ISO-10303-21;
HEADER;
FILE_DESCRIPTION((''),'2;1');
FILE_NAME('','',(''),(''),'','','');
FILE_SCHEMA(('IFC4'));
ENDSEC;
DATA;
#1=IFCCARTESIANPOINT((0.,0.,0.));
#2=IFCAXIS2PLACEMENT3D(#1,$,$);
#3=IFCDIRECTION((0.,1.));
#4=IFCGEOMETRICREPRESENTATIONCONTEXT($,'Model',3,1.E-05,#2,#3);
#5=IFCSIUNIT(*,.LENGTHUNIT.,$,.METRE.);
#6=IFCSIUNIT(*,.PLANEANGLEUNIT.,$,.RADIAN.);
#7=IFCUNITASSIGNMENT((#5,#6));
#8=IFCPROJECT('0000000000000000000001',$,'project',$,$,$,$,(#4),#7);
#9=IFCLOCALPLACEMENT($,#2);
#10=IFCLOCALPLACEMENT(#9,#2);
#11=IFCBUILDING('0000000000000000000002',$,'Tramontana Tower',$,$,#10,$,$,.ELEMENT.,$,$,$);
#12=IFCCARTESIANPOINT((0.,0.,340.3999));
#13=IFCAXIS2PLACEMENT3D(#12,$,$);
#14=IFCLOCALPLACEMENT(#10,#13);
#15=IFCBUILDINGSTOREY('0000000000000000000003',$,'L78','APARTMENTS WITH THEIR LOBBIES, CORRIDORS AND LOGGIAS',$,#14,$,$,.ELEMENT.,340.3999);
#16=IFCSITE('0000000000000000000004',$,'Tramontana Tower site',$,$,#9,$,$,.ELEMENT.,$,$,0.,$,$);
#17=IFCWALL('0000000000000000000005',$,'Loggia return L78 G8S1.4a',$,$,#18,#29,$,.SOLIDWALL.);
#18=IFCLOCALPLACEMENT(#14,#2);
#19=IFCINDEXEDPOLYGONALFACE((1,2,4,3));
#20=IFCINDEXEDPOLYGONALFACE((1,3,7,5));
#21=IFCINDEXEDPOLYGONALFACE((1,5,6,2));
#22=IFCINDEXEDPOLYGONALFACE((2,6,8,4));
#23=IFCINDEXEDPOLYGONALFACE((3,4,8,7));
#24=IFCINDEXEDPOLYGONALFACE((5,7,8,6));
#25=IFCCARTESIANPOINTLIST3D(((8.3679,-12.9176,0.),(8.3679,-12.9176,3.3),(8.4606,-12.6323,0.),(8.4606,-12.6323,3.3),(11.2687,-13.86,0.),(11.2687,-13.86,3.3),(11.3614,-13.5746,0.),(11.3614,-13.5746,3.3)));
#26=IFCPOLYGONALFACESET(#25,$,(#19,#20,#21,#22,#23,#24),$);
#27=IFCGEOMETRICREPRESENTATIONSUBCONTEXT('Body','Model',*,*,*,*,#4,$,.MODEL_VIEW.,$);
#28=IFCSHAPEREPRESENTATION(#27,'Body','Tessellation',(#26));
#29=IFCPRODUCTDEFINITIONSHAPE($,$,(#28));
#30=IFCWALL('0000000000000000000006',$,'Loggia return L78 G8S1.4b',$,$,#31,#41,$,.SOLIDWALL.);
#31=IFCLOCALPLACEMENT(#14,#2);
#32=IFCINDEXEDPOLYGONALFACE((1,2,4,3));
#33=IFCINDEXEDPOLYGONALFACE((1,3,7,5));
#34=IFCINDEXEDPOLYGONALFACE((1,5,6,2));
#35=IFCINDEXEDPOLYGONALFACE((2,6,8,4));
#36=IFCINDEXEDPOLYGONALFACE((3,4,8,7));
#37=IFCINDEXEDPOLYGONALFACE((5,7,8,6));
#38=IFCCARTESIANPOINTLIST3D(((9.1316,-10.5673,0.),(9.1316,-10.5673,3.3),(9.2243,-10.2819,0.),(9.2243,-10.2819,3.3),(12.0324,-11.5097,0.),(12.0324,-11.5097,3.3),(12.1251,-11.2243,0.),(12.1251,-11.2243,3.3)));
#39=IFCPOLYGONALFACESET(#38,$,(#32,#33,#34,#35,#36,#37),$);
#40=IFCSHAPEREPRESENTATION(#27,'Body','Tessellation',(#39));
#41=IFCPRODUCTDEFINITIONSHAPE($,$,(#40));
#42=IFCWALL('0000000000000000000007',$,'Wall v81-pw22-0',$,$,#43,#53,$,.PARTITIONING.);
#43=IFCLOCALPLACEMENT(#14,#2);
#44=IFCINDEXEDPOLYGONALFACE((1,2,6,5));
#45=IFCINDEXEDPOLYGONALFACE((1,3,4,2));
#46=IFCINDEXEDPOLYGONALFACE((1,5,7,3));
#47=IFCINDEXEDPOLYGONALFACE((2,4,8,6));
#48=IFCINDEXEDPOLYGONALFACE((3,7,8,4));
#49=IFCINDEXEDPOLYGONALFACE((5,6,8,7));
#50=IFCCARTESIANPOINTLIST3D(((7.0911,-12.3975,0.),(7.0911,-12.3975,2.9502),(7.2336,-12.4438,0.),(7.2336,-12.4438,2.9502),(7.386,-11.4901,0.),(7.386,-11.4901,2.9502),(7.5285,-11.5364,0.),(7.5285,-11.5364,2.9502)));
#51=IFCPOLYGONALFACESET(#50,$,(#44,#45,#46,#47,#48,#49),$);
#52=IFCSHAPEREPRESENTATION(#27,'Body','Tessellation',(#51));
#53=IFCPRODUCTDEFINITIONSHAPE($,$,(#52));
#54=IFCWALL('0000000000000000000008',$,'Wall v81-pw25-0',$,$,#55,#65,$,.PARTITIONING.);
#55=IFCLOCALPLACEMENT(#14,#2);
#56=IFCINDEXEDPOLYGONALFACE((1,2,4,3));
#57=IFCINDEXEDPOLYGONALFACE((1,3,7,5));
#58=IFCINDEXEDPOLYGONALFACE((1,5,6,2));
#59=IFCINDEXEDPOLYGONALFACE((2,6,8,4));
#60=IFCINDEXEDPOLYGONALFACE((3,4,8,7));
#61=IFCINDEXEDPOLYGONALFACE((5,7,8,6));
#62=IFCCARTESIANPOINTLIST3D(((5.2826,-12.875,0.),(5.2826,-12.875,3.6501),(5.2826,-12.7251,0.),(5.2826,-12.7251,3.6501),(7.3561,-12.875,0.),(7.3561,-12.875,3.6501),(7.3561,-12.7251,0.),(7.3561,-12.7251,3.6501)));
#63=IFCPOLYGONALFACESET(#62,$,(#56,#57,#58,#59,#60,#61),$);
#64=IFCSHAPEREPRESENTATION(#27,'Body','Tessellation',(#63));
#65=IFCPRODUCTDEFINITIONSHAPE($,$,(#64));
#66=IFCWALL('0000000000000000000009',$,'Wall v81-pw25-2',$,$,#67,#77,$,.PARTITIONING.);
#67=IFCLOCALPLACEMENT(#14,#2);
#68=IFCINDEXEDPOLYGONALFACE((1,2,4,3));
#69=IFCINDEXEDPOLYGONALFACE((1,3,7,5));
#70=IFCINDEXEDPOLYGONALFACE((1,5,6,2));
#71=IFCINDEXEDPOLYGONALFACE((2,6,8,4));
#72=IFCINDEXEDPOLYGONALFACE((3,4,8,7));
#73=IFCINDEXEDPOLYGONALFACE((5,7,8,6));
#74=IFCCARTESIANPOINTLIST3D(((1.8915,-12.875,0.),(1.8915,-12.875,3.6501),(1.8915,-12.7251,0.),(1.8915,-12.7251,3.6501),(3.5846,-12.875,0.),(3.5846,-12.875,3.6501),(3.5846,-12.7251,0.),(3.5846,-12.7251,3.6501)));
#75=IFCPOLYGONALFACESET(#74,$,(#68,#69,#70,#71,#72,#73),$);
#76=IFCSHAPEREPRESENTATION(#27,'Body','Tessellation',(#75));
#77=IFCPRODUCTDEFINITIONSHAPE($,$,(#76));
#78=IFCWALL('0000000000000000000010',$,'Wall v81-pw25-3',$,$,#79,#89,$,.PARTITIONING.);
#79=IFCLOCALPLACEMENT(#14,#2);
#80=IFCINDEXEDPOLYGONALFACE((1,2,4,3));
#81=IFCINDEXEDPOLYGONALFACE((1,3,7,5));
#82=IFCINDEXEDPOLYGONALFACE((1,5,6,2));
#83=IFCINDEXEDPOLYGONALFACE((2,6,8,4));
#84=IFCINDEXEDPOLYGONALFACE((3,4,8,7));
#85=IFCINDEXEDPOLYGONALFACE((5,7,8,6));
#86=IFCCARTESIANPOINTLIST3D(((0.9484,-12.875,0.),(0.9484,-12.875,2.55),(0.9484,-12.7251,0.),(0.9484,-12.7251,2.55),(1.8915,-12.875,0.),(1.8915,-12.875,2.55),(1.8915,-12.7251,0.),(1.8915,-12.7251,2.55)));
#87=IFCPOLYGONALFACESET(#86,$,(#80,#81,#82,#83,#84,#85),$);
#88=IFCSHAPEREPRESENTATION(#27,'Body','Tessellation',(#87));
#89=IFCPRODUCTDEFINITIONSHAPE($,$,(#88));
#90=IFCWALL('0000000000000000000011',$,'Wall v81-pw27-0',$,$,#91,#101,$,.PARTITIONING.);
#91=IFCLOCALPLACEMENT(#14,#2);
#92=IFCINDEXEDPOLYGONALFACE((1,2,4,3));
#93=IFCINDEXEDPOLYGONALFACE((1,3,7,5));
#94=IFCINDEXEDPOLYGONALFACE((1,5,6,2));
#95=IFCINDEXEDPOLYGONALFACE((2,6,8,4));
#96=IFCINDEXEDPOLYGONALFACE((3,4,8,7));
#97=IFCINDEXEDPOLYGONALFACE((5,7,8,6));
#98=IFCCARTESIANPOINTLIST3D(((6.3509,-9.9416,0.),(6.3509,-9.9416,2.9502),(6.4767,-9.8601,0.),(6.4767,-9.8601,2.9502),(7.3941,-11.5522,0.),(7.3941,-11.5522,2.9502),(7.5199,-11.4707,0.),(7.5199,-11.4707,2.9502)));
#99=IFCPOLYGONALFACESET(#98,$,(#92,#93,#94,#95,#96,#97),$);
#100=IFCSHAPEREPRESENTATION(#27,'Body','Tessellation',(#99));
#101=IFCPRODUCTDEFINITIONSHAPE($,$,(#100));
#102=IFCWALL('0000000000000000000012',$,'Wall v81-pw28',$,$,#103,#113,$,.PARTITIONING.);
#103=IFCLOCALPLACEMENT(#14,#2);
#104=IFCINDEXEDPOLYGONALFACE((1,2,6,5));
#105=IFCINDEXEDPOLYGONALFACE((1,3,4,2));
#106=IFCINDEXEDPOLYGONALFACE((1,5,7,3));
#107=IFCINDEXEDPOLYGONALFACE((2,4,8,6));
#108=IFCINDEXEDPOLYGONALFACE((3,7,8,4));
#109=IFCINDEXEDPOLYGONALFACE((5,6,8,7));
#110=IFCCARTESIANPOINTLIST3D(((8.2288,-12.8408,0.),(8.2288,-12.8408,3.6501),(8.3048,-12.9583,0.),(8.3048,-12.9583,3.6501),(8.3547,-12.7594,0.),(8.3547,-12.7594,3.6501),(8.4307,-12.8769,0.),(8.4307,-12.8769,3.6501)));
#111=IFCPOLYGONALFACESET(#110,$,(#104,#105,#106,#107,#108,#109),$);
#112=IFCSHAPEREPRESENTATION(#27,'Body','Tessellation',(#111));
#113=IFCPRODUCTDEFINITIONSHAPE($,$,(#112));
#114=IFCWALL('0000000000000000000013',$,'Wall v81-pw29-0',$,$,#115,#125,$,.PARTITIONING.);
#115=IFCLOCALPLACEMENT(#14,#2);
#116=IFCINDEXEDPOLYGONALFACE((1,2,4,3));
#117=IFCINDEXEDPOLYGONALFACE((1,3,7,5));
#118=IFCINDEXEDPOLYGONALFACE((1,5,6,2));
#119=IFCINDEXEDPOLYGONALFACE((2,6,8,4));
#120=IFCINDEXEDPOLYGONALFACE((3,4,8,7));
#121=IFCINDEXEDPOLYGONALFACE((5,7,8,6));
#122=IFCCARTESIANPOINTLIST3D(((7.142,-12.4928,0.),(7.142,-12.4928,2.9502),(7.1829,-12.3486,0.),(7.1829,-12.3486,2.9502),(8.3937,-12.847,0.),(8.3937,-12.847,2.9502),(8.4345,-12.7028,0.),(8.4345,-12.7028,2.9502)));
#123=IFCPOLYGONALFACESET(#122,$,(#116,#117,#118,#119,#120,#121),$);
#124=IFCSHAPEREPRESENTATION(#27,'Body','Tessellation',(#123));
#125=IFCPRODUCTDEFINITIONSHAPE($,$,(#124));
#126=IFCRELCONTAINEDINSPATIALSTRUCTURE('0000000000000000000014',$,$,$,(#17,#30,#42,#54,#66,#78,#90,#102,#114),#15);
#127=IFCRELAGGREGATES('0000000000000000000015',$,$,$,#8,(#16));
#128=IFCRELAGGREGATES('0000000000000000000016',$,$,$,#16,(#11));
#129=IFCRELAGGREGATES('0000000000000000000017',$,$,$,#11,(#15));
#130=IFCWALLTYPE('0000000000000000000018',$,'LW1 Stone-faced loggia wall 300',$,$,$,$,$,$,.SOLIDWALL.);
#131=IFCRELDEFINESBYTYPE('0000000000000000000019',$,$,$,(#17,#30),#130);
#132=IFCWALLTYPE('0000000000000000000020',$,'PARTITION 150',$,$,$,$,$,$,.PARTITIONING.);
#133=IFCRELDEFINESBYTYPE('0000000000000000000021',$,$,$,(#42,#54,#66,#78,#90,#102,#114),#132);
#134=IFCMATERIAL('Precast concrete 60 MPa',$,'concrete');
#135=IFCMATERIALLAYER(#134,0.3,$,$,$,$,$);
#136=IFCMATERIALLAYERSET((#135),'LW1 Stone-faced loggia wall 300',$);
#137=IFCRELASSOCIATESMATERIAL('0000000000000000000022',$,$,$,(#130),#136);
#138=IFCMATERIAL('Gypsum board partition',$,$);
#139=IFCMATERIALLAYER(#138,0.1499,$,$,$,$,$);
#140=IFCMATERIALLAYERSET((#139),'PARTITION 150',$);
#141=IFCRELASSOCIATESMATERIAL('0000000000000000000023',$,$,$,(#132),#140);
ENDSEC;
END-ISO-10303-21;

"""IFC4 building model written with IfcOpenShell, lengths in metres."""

from ifc_helpers import new_model, si_unit, direction, frame, frame_2d, origin, place, context, subcontext, project, spatial, rectangle, extrude, material, layer, layer_set, type_object, element, save


model = new_model("IFC4")

# Units and contexts
model_context = context("Model", 3, precision=1e-05, world=origin(), true_north=direction((0.0, 1.0)))
body_context = subcontext(model_context, "Body", "Model", "MODEL_VIEW")
ifc_project = project(units=[si_unit("LENGTHUNIT", "METRE"), si_unit("PLANEANGLEUNIT", "RADIAN")], contexts=[model_context])

# Site, building, storey
site_placement = place(None, origin())
site = spatial("IfcSite", under=ifc_project, at=site_placement, Name="Tramontana Tower site", CompositionType="ELEMENT", RefElevation=0.0)
building_placement = place(site_placement, origin())
building = spatial("IfcBuilding", under=site, at=building_placement, Name="Tramontana Tower", CompositionType="ELEMENT")
storey_placement = place(building_placement, frame((0.0, 0.0, 340.3999)))
storey = spatial("IfcBuildingStorey", under=building, at=storey_placement, Name="L78", Description="APARTMENTS WITH THEIR LOBBIES, CORRIDORS AND LOGGIAS", CompositionType="ELEMENT", Elevation=340.3999)

# Shared definitions
ifc_material_1 = material(Name="Precast concrete 60 MPa", Category="concrete")
ifc_layer_1 = layer(ifc_material_1, 0.3)
ifc_layer_set_1 = layer_set([ifc_layer_1], Name="LW1 Stone-faced loggia wall 300")
wall_type_1 = type_object("IfcWallType", Name="LW1 Stone-faced loggia wall 300", PredefinedType="SOLIDWALL", material=ifc_layer_set_1)

# Walls
for number, where, z_axis, x_axis, name in (
    (1, (11.3149, -13.7173, 0.0), (0.0, 0.0, 1.0), (-0.951073, 0.308967, 0.0), "Loggia return L78 G8S1.4a"),
    (2, (12.0786, -11.3669, 0.0), (0.0, 0.0, 1.0), (-0.951073, 0.308967, 0.0), "Loggia return L78 G8S1.4b"),
):
    element("IfcWall", number, at=place(storey_placement, frame(where, z_axis=z_axis, x_axis=x_axis)), inside=storey, type_object=wall_type_1, Name=name, PredefinedType="SOLIDWALL", context=body_context, shape_type="SweptSolid", body=[
        extrude(rectangle(XDim=3.05, YDim=0.3, at=frame_2d((1.5249, 0.0))), origin(), (0.0, 0.0, 1.0), 3.3),
    ])

# Shared definitions
ifc_material_2 = material(Name="Gypsum board partition")
ifc_layer_2 = layer(ifc_material_2, 0.1499)
ifc_layer_set_2 = layer_set([ifc_layer_2], Name="PARTITION 150")
wall_type_2 = type_object("IfcWallType", Name="PARTITION 150", PredefinedType="PARTITIONING", material=ifc_layer_set_2)

# Walls
wall_1_placement = place(storey_placement, frame((7.1624, -12.4207, 0.0), z_axis=(0.0, 0.0, 1.0), x_axis=(0.30908, 0.951036, 0.0)))
element("IfcWall", 3, at=wall_1_placement, inside=storey, type_object=wall_type_2, Name="Wall v81-pw22-0", PredefinedType="PARTITIONING", context=body_context, shape_type="SweptSolid", body=[
    extrude(rectangle(XDim=0.9541, YDim=0.1499, at=frame_2d((0.4771, 0.0))), origin(), (0.0, 0.0, 1.0), 2.9502),
])
wall_2_placement = place(storey_placement, frame((7.356, -12.8, 0.0), z_axis=(0.0, 0.0, 1.0), x_axis=(-1.0, 0.0, 0.0)))
element("IfcWall", 4, at=wall_2_placement, inside=storey, type_object=wall_type_2, Name="Wall v81-pw25-0", PredefinedType="PARTITIONING", context=body_context, shape_type="SweptSolid", body=[
    extrude(rectangle(XDim=2.0735, YDim=0.1499, at=frame_2d((1.0366, 0.0))), origin(), (0.0, 0.0, 1.0), 3.6501),
])

# Walls
wall_3_placement = place(storey_placement, frame((3.5847, -12.8, 0.0), z_axis=(0.0, 0.0, 1.0), x_axis=(-1.0, 0.0, 0.0)))
element("IfcWall", 5, at=wall_3_placement, inside=storey, type_object=wall_type_2, Name="Wall v81-pw25-2", PredefinedType="PARTITIONING", context=body_context, shape_type="SweptSolid", body=[
    extrude(rectangle(XDim=1.6931, YDim=0.1499, at=frame_2d((0.8467, 0.0))), origin(), (0.0, 0.0, 1.0), 3.6501),
])
wall_4_placement = place(storey_placement, frame((1.8916, -12.8, 0.0), z_axis=(0.0, 0.0, 1.0), x_axis=(-1.0, 0.0, 0.0)))
element("IfcWall", 6, at=wall_4_placement, inside=storey, type_object=wall_type_2, Name="Wall v81-pw25-3", PredefinedType="PARTITIONING", context=body_context, shape_type="SweptSolid", body=[
    extrude(rectangle(XDim=0.9431, YDim=0.1499, at=frame_2d((0.4717, 0.0))), origin(), (0.0, 0.0, 1.0), 2.55),
])
wall_5_placement = place(storey_placement, frame((7.457, -11.5115, 0.0), z_axis=(0.0, 0.0, 1.0), x_axis=(-0.543642, 0.839317, 0.0)))
element("IfcWall", 7, at=wall_5_placement, inside=storey, type_object=wall_type_2, Name="Wall v81-pw27-0", PredefinedType="PARTITIONING", context=body_context, shape_type="SweptSolid", body=[
    extrude(rectangle(XDim=1.9189, YDim=0.1499, at=frame_2d((0.9595, 0.0))), origin(), (0.0, 0.0, 1.0), 2.9502),
])
wall_6_placement = place(storey_placement, frame((8.3677, -12.9175, 0.0), z_axis=(0.0, 0.0, 1.0), x_axis=(-0.542962, 0.839757, 0.0)))
element("IfcWall", 8, at=wall_6_placement, inside=storey, type_object=wall_type_2, Name="Wall v81-pw28", PredefinedType="PARTITIONING", context=body_context, shape_type="SweptSolid", body=[
    extrude(rectangle(XDim=0.1399, YDim=0.1499, at=frame_2d((0.0698, 0.0))), origin(), (0.0, 0.0, 1.0), 3.6501),
])
wall_7_placement = place(storey_placement, frame((8.4141, -12.7749, 0.0), z_axis=(0.0, 0.0, 1.0), x_axis=(-0.962208, 0.272316, 0.0)))
element("IfcWall", 9, at=wall_7_placement, inside=storey, type_object=wall_type_2, Name="Wall v81-pw29-0", PredefinedType="PARTITIONING", context=body_context, shape_type="SweptSolid", body=[
    extrude(rectangle(XDim=1.3008, YDim=0.1499, at=frame_2d((0.6504, 0.0))), origin(), (0.0, 0.0, 1.0), 2.9502),
])

save(model, "model.ifc")
